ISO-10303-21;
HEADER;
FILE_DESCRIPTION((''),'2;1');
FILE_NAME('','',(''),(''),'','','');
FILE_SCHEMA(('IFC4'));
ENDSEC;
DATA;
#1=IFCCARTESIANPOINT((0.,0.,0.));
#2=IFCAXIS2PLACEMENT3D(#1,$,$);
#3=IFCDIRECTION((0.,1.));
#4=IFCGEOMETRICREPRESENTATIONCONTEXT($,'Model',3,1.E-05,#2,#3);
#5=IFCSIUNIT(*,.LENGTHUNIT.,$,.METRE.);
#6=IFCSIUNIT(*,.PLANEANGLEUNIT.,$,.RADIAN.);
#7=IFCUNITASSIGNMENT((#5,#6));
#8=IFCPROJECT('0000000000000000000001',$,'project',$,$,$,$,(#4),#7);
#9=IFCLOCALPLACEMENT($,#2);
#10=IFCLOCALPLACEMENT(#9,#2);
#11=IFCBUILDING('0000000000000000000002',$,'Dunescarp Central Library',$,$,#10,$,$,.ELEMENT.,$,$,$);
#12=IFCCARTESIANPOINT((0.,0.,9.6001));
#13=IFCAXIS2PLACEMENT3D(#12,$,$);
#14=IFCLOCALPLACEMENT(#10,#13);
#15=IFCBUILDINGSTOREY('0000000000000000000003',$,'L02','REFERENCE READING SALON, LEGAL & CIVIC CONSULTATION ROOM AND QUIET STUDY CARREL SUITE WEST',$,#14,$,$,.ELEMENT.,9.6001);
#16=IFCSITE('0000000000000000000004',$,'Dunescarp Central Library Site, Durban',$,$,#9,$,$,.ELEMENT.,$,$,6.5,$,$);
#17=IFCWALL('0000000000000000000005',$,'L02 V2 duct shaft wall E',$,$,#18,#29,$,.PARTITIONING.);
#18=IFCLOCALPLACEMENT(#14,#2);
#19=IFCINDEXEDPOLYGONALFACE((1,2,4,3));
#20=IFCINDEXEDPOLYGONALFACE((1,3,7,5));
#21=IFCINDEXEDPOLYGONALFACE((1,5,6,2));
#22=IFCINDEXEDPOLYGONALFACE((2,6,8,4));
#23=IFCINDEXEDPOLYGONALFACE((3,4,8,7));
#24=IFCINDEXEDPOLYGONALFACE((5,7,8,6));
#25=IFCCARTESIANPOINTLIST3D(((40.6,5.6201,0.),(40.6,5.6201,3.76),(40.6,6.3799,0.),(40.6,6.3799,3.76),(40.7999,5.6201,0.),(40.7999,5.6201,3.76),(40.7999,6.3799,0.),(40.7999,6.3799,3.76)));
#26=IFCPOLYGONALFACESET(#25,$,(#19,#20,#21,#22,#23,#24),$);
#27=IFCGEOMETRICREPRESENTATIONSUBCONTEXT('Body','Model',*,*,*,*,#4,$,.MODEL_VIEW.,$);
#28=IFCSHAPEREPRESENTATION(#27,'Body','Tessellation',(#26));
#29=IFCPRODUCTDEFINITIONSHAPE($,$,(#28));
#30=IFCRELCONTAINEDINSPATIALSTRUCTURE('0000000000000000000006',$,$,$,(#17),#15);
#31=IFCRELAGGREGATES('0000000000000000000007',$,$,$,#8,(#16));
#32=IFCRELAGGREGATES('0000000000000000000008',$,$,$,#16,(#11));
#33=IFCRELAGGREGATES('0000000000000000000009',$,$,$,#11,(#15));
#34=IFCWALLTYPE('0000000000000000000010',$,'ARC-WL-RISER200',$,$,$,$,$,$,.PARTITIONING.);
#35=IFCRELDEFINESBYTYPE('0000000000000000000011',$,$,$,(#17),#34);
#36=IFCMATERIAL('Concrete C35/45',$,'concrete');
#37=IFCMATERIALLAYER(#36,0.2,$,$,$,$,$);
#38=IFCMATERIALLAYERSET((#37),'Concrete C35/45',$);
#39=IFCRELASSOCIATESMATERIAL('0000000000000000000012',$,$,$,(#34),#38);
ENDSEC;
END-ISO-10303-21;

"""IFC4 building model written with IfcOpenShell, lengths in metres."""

from ifc_helpers import new_model, si_unit, direction, frame, frame_2d, origin, place, context, subcontext, project, spatial, rectangle, extrude, material, layer, layer_set, type_object, element, save


model = new_model("IFC4")

# Units and contexts
model_context = context("Model", 3, precision=1e-05, world=origin(), true_north=direction((0.0, 1.0)))
body_context = subcontext(model_context, "Body", "Model", "MODEL_VIEW")
ifc_project = project(units=[si_unit("LENGTHUNIT", "METRE"), si_unit("PLANEANGLEUNIT", "RADIAN")], contexts=[model_context])

# Site, building, storey
site_placement = place(None, origin())
site = spatial("IfcSite", under=ifc_project, at=site_placement, Name="Dunescarp Central Library Site, Durban", CompositionType="ELEMENT", RefElevation=6.5)
building_placement = place(site_placement, origin())
building = spatial("IfcBuilding", under=site, at=building_placement, Name="Dunescarp Central Library", CompositionType="ELEMENT")
storey_placement = place(building_placement, frame((0.0, 0.0, 9.6001)))
storey = spatial("IfcBuildingStorey", under=building, at=storey_placement, Name="L02", Description="REFERENCE READING SALON, LEGAL & CIVIC CONSULTATION ROOM AND QUIET STUDY CARREL SUITE WEST", CompositionType="ELEMENT", Elevation=9.6001)

# Wall
ifc_material_1 = material(Name="Concrete C35/45", Category="concrete")
ifc_layer_1 = layer(ifc_material_1, 0.2)
ifc_layer_set_1 = layer_set([ifc_layer_1], Name="Concrete C35/45")
wall_type_1 = type_object("IfcWallType", Name="ARC-WL-RISER200", PredefinedType="PARTITIONING", material=ifc_layer_set_1)
wall_1_placement = place(storey_placement, frame((40.7, 6.3799, 0.0), z_axis=(0.0, 0.0, 1.0), x_axis=(0.0, -1.0, 0.0)))
element("IfcWall", 1, at=wall_1_placement, inside=storey, type_object=wall_type_1, Name="L02 V2 duct shaft wall E", PredefinedType="PARTITIONING", context=body_context, shape_type="SweptSolid", body=[
    extrude(rectangle(XDim=0.7598, YDim=0.2, at=frame_2d((0.3799, 0.0))), origin(), (0.0, 0.0, 1.0), 3.76),
])

save(model, "model.ifc")
